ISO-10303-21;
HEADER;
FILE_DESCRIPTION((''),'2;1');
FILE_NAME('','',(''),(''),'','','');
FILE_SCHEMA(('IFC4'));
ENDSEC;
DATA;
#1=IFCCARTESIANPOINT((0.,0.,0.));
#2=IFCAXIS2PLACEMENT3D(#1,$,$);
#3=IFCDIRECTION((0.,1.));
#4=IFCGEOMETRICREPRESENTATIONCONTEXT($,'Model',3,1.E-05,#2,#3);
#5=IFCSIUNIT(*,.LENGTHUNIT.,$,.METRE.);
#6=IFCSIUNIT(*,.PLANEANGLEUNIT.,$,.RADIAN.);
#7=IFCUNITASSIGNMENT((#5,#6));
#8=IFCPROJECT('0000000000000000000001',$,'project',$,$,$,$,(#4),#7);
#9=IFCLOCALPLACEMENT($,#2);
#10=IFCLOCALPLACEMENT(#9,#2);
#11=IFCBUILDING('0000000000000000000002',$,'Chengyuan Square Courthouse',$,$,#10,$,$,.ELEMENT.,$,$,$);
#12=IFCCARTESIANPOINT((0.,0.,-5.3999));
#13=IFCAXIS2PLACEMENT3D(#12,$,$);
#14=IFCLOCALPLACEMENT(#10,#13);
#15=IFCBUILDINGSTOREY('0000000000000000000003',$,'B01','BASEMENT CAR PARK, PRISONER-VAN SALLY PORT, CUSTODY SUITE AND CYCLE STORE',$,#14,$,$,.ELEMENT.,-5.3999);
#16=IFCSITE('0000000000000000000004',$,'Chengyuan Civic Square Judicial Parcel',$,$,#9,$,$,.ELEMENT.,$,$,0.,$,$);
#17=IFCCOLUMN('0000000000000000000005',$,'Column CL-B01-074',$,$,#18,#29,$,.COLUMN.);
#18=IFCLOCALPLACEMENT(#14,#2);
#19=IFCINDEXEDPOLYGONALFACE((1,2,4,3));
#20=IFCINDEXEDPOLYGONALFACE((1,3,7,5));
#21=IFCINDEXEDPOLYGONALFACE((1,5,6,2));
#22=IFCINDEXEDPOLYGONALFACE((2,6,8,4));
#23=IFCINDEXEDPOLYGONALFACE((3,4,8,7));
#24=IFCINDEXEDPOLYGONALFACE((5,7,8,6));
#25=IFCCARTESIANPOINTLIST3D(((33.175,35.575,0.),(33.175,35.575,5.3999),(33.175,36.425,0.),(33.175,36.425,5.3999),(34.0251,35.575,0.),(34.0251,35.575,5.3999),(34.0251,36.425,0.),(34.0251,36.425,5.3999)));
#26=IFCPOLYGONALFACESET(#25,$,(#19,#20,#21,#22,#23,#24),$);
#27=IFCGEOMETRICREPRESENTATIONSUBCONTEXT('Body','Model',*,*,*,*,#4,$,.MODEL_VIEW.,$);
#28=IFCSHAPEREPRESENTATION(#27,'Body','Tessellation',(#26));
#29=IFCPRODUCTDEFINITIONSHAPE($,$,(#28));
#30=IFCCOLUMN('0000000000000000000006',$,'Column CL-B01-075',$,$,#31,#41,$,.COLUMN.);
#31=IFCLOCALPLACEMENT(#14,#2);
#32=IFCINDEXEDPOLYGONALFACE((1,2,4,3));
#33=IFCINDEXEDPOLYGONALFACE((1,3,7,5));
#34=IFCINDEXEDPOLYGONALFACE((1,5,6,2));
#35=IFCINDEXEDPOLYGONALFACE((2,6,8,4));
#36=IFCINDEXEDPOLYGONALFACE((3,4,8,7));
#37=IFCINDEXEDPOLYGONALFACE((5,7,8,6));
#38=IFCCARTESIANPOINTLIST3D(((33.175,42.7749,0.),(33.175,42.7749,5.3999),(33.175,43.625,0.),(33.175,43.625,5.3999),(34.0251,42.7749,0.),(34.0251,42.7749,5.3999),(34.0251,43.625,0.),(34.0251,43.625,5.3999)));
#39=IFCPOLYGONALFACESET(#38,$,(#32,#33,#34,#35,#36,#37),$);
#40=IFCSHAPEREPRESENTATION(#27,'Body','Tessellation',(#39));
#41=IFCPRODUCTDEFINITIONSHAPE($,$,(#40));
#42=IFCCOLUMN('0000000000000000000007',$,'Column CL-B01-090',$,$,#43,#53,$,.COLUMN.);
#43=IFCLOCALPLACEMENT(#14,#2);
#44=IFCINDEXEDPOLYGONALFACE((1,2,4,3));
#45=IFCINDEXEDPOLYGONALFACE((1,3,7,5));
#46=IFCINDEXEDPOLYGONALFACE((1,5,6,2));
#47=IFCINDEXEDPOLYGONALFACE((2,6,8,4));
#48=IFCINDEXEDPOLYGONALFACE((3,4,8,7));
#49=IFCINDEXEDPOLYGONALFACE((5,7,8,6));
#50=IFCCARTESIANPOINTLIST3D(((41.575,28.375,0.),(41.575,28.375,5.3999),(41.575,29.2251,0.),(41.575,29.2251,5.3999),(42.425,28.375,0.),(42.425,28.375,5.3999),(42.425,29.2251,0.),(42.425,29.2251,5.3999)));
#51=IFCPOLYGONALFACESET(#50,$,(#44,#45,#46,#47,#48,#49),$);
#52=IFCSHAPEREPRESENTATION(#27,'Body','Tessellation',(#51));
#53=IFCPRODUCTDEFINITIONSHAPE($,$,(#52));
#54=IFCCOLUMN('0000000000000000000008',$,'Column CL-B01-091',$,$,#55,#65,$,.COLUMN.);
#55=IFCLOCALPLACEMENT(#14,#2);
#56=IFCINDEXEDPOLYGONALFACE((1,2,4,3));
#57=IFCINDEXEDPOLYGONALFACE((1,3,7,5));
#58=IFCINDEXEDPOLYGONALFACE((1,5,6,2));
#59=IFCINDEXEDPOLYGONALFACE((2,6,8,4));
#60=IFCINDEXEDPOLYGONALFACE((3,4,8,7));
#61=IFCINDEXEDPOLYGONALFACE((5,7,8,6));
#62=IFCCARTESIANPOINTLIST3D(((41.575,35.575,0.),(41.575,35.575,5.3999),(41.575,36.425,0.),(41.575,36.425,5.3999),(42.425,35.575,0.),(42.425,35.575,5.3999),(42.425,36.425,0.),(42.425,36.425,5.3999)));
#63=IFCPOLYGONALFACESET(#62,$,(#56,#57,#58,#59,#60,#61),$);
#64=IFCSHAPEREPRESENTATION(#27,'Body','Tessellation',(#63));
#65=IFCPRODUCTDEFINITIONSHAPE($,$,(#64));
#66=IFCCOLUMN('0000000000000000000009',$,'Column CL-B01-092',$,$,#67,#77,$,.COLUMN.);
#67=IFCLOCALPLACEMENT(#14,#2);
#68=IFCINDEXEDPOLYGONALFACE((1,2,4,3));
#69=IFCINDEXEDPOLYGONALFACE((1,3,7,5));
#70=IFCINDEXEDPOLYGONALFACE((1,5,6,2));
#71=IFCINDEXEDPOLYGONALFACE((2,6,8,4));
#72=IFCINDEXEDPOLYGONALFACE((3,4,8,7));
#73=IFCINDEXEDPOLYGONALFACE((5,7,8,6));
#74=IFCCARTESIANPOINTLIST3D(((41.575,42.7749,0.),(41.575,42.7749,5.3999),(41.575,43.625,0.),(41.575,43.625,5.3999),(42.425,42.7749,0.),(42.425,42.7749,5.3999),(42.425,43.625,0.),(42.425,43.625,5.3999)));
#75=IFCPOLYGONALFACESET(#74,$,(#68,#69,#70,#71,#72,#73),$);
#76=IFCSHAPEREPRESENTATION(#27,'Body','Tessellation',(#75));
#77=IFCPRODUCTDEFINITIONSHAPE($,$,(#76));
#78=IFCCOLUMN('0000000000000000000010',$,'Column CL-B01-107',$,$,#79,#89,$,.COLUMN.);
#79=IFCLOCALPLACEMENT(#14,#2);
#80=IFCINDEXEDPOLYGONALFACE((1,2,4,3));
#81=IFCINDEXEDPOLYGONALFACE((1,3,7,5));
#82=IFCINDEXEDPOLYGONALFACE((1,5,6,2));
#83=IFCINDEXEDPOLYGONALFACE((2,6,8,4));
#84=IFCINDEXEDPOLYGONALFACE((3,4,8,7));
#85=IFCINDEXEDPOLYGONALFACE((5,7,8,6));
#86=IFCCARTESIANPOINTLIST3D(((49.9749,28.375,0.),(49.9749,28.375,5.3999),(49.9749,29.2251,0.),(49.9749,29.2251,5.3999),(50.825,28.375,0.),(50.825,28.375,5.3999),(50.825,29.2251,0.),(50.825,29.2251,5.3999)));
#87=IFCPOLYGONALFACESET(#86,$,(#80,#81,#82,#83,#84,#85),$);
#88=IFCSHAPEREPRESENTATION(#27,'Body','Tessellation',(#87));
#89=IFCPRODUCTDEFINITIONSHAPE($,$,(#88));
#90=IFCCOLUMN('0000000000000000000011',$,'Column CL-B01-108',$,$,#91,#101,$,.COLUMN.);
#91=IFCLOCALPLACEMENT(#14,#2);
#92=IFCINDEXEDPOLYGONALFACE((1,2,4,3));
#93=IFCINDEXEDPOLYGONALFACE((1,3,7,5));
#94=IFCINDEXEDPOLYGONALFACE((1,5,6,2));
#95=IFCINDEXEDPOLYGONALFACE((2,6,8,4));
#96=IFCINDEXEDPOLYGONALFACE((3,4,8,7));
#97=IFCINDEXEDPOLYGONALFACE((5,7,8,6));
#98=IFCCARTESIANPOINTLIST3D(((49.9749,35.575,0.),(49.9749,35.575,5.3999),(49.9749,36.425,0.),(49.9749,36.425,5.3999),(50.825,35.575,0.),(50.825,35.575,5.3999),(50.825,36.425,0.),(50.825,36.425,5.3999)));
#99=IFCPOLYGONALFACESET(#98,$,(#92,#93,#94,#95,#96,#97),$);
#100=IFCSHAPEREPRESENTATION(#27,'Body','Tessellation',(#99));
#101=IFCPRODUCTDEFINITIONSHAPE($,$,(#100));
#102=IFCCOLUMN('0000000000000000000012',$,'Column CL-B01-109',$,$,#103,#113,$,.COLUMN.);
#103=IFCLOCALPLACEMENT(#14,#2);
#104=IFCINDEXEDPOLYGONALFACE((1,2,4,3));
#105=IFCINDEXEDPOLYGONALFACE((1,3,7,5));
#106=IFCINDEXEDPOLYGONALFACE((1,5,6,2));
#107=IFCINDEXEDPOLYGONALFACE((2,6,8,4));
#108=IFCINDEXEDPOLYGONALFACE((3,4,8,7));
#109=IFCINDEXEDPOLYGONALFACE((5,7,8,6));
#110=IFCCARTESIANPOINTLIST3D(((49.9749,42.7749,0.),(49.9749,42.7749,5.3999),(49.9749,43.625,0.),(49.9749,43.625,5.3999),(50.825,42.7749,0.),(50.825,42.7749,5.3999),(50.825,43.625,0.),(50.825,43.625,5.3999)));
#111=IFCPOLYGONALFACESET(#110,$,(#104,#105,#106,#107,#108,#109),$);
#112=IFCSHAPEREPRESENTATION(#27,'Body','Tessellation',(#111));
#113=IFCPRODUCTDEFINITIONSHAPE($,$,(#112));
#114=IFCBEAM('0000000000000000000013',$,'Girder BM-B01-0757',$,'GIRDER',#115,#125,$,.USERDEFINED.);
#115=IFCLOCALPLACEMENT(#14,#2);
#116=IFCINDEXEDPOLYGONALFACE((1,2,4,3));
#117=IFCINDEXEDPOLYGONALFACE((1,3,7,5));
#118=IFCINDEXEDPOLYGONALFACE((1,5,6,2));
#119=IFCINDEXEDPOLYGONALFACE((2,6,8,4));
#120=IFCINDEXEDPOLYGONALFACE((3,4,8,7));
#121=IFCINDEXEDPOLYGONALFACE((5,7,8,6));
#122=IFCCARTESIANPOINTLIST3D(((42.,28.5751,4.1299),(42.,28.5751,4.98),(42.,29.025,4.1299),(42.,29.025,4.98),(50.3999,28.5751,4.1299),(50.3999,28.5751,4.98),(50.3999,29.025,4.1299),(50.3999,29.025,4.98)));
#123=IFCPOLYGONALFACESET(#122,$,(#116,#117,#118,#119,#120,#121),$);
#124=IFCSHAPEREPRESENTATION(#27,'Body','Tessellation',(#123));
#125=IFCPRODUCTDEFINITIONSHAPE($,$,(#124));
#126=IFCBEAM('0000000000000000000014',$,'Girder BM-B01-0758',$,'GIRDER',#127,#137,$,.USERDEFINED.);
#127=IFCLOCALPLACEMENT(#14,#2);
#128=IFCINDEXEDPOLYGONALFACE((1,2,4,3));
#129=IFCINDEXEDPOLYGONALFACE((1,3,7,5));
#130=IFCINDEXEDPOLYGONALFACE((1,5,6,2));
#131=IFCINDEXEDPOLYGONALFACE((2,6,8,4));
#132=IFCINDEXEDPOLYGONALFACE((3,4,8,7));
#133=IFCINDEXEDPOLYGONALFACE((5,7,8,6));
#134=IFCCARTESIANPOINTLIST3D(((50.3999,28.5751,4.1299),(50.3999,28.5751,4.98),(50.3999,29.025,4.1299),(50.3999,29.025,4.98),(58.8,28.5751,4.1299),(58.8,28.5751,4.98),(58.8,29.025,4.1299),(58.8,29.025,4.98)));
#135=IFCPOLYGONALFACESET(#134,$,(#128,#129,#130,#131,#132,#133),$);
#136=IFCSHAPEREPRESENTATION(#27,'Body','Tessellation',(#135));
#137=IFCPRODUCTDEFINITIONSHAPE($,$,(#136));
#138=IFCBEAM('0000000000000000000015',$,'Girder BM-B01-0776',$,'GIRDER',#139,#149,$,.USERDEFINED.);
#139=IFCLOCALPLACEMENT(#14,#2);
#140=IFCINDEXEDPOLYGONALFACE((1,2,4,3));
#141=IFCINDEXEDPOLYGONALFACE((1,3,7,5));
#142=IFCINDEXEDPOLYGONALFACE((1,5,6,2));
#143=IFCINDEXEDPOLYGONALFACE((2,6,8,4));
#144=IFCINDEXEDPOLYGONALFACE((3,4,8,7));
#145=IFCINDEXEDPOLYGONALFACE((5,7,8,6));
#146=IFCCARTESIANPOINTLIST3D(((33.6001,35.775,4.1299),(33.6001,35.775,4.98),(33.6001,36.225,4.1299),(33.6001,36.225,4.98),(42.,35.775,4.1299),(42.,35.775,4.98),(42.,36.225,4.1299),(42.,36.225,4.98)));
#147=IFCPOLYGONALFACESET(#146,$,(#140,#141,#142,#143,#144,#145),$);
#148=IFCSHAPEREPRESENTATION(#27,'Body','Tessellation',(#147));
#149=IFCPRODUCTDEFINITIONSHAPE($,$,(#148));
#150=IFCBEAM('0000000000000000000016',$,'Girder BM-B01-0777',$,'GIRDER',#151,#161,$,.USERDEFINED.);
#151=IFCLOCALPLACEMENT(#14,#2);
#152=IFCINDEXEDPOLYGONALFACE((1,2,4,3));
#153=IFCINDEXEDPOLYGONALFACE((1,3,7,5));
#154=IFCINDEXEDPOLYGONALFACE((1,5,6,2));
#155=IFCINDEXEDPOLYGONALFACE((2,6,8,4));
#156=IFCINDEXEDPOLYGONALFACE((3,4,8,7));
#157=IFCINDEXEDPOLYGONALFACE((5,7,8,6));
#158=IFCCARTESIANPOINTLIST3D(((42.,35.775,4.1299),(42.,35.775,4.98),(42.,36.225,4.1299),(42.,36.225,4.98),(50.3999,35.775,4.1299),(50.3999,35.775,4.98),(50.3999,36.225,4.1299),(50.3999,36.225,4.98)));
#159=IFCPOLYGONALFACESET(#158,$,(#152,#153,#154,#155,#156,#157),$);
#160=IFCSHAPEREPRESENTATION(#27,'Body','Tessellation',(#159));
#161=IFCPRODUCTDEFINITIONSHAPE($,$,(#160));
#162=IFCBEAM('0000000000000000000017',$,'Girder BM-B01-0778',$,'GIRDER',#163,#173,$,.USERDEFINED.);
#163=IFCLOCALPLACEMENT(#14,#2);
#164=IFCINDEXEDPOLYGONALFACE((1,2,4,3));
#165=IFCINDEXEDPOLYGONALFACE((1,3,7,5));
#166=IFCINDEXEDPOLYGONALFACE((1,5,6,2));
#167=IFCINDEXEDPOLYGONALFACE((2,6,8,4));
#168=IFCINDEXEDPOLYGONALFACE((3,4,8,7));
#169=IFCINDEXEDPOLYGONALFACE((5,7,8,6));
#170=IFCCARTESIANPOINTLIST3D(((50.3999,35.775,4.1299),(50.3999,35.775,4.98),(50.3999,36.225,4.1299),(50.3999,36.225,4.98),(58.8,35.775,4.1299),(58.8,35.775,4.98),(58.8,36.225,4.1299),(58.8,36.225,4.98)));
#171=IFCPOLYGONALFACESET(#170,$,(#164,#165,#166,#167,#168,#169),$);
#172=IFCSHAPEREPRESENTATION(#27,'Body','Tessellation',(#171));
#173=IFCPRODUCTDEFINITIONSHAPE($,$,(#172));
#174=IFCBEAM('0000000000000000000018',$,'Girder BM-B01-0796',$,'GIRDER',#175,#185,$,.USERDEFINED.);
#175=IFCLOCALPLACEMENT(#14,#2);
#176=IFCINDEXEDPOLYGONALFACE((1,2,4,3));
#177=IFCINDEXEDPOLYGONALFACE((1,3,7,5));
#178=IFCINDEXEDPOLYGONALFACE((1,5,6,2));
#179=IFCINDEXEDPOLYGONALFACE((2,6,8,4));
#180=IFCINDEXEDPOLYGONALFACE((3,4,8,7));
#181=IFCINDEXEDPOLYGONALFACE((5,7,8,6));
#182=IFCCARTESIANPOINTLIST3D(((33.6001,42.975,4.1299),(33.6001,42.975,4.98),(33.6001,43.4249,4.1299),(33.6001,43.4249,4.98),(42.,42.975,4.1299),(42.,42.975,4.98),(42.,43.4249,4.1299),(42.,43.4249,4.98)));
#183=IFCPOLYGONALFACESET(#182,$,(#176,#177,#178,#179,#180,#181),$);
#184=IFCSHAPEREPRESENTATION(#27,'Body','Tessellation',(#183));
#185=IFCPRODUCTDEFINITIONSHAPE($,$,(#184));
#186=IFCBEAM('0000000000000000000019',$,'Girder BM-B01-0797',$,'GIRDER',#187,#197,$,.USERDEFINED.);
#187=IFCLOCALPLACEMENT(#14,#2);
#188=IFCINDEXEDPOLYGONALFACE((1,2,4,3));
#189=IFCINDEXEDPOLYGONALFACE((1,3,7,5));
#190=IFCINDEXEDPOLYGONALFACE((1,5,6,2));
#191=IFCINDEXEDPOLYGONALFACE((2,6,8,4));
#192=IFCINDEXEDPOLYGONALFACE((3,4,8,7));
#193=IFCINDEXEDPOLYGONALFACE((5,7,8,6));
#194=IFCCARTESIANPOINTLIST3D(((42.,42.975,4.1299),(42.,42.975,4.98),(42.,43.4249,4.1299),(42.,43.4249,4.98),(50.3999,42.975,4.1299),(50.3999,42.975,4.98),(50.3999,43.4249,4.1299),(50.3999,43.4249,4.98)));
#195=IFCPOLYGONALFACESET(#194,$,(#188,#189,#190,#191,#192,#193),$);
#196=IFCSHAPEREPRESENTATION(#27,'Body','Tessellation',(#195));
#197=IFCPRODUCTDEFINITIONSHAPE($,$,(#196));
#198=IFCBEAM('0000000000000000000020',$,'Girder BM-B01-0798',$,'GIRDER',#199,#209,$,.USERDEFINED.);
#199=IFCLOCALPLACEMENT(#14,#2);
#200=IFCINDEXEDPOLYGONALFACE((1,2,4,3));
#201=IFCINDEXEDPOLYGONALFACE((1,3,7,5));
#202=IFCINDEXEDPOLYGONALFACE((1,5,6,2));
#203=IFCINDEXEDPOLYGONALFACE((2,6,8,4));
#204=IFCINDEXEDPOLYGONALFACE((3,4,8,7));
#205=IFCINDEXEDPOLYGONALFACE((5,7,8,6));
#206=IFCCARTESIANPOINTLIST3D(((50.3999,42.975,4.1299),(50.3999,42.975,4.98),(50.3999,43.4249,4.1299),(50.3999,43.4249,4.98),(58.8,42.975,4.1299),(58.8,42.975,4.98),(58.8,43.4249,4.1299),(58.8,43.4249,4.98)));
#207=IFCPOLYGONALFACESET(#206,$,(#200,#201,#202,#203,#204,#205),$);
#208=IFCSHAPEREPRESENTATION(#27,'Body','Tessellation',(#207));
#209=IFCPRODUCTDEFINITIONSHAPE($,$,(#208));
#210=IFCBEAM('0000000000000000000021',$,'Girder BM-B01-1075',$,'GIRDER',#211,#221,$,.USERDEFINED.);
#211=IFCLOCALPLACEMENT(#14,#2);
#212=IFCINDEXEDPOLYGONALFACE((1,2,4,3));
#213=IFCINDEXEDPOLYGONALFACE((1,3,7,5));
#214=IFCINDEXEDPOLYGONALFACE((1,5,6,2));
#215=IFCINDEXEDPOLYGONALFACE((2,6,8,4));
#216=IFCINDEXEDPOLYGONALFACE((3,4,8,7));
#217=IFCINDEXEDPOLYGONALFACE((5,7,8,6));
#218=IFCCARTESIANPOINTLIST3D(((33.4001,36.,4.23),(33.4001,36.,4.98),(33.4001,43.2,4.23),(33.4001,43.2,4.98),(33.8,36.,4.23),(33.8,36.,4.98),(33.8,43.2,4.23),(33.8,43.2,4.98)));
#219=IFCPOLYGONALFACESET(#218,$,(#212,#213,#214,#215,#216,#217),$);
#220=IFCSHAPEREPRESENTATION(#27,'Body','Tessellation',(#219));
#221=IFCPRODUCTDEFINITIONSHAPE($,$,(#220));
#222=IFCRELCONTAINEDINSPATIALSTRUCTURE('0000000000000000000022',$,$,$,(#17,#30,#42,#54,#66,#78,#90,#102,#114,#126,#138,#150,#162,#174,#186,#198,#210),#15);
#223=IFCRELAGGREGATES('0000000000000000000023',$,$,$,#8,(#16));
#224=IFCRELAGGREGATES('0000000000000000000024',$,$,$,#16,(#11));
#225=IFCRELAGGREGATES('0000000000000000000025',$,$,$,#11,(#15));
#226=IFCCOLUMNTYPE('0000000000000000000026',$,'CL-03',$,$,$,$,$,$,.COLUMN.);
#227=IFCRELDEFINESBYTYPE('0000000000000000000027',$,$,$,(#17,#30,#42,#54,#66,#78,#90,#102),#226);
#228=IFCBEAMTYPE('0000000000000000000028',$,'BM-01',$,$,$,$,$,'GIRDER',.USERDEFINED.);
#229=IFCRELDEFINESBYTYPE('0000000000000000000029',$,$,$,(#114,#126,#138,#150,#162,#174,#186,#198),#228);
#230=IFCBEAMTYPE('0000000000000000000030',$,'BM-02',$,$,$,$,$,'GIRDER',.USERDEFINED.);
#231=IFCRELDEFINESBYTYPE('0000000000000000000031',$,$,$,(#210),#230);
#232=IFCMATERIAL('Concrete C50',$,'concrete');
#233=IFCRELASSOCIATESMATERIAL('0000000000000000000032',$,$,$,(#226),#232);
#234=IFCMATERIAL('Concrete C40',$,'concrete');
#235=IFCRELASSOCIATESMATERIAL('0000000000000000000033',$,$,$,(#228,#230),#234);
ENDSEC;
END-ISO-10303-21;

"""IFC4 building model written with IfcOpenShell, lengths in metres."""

from ifc_helpers import new_model, si_unit, direction, frame, origin, origin_2d, place, context, subcontext, project, spatial, rectangle, extrude, material, material_profile, profile_set, type_object, element, save


model = new_model("IFC4")

# Units and contexts
model_context = context("Model", 3, precision=1e-05, world=origin(), true_north=direction((0.0, 1.0)))
body_context = subcontext(model_context, "Body", "Model", "MODEL_VIEW")
ifc_project = project(units=[si_unit("LENGTHUNIT", "METRE"), si_unit("PLANEANGLEUNIT", "RADIAN")], contexts=[model_context])

# Site, building, storey
site_placement = place(None, origin())
site = spatial("IfcSite", under=ifc_project, at=site_placement, Name="Chengyuan Civic Square Judicial Parcel", CompositionType="ELEMENT", RefElevation=0.0)
building_placement = place(site_placement, origin())
building = spatial("IfcBuilding", under=site, at=building_placement, Name="Chengyuan Square Courthouse", CompositionType="ELEMENT")
storey_placement = place(building_placement, frame((0.0, 0.0, -5.3999)))
storey = spatial("IfcBuildingStorey", under=building, at=storey_placement, Name="B01", Description="BASEMENT CAR PARK, PRISONER-VAN SALLY PORT, CUSTODY SUITE AND CYCLE STORE", CompositionType="ELEMENT", Elevation=-5.3999)

# Columns
ifc_material_1 = material(Name="Concrete C50", Category="concrete")
ifc_material_profile_1 = material_profile(ifc_material_1, rectangle(XDim=0.8501, YDim=0.8501, at=origin_2d()), Name="RC-COL-850x850")
ifc_profile_set_1 = profile_set([ifc_material_profile_1], Name="Concrete C50")
column_type = type_object("IfcColumnType", Name="CL-03", PredefinedType="COLUMN", material=ifc_profile_set_1)
for number, where, z_axis, x_axis, name in (
    (1, (33.6001, 36.0, 0.0), (0.0, 0.0, 1.0), (1.0, 0.0, 0.0), "Column CL-B01-074"),
    (2, (33.6001, 43.2, 0.0), (0.0, 0.0, 1.0), (1.0, 0.0, 0.0), "Column CL-B01-075"),
    (3, (42.0, 28.8, 0.0), (0.0, 0.0, 1.0), (1.0, 0.0, 0.0), "Column CL-B01-090"),
    (4, (42.0, 36.0, 0.0), (0.0, 0.0, 1.0), (1.0, 0.0, 0.0), "Column CL-B01-091"),
    (5, (42.0, 43.2, 0.0), (0.0, 0.0, 1.0), (1.0, 0.0, 0.0), "Column CL-B01-092"),
    (6, (50.3999, 28.8, 0.0), (0.0, 0.0, 1.0), (1.0, 0.0, 0.0), "Column CL-B01-107"),
    (7, (50.3999, 36.0, 0.0), (0.0, 0.0, 1.0), (1.0, 0.0, 0.0), "Column CL-B01-108"),
    (8, (50.3999, 43.2, 0.0), (0.0, 0.0, 1.0), (1.0, 0.0, 0.0), "Column CL-B01-109"),
):
    element("IfcColumn", number, at=place(storey_placement, frame(where, z_axis=z_axis, x_axis=x_axis)), inside=storey, type_object=column_type, Name=name, PredefinedType="COLUMN", context=body_context, shape_type="SweptSolid", body=[
        extrude(rectangle(XDim=0.8501, YDim=0.8501, at=origin_2d()), origin(), (0.0, 0.0, 1.0), 5.3999),
    ])

# Beams
ifc_material_2 = material(Name="Concrete C40", Category="concrete")
ifc_material_profile_2 = material_profile(ifc_material_2, rectangle(XDim=0.45, YDim=0.8501, at=origin_2d()), Name="RC-BM-450x850")
ifc_profile_set_2 = profile_set([ifc_material_profile_2], Name="Concrete C40")
beam_type_1 = type_object("IfcBeamType", Name="BM-01", ElementType="GIRDER", PredefinedType="USERDEFINED", material=ifc_profile_set_2)
beam_1_placement = place(storey_placement, frame((42.0, 28.8, 4.5549), z_axis=(1.0, 0.0, 0.0), x_axis=(0.0, 1.0, 0.0)))
element("IfcBeam", 9, at=beam_1_placement, inside=storey, type_object=beam_type_1, Name="Girder BM-B01-0757", ObjectType="GIRDER", PredefinedType="USERDEFINED", context=body_context, shape_type="SweptSolid", body=[
    extrude(rectangle(XDim=0.45, YDim=0.8501, at=origin_2d()), origin(), (0.0, 0.0, 1.0), 8.3999),
])
beam_2_placement = place(storey_placement, frame((50.3999, 28.8, 4.5549), z_axis=(1.0, 0.0, 0.0), x_axis=(0.0, 1.0, 0.0)))
element("IfcBeam", 10, at=beam_2_placement, inside=storey, type_object=beam_type_1, Name="Girder BM-B01-0758", ObjectType="GIRDER", PredefinedType="USERDEFINED", context=body_context, shape_type="SweptSolid", body=[
    extrude(rectangle(XDim=0.45, YDim=0.8501, at=origin_2d()), origin(), (0.0, 0.0, 1.0), 8.4001),
])
for number, where, z_axis, x_axis, name in (
    (11, (33.6001, 36.0, 4.5549), (1.0, 0.0, 0.0), (0.0, 1.0, 0.0), "Girder BM-B01-0776"),
    (12, (42.0, 36.0, 4.5549), (1.0, 0.0, 0.0), (0.0, 1.0, 0.0), "Girder BM-B01-0777"),
):
    element("IfcBeam", number, at=place(storey_placement, frame(where, z_axis=z_axis, x_axis=x_axis)), inside=storey, type_object=beam_type_1, Name=name, ObjectType="GIRDER", PredefinedType="USERDEFINED", context=body_context, shape_type="SweptSolid", body=[
        extrude(rectangle(XDim=0.45, YDim=0.8501, at=origin_2d()), origin(), (0.0, 0.0, 1.0), 8.3999),
    ])
beam_3_placement = place(storey_placement, frame((50.3999, 36.0, 4.5549), z_axis=(1.0, 0.0, 0.0), x_axis=(0.0, 1.0, 0.0)))
element("IfcBeam", 13, at=beam_3_placement, inside=storey, type_object=beam_type_1, Name="Girder BM-B01-0778", ObjectType="GIRDER", PredefinedType="USERDEFINED", context=body_context, shape_type="SweptSolid", body=[
    extrude(rectangle(XDim=0.45, YDim=0.8501, at=origin_2d()), origin(), (0.0, 0.0, 1.0), 8.4001),
])
for number, where, z_axis, x_axis, name in (
    (14, (33.6001, 43.2, 4.5549), (1.0, 0.0, 0.0), (0.0, 1.0, 0.0), "Girder BM-B01-0796"),
    (15, (42.0, 43.2, 4.5549), (1.0, 0.0, 0.0), (0.0, 1.0, 0.0), "Girder BM-B01-0797"),
):
    element("IfcBeam", number, at=place(storey_placement, frame(where, z_axis=z_axis, x_axis=x_axis)), inside=storey, type_object=beam_type_1, Name=name, ObjectType="GIRDER", PredefinedType="USERDEFINED", context=body_context, shape_type="SweptSolid", body=[
        extrude(rectangle(XDim=0.45, YDim=0.8501, at=origin_2d()), origin(), (0.0, 0.0, 1.0), 8.3999),
    ])
beam_4_placement = place(storey_placement, frame((50.3999, 43.2, 4.5549), z_axis=(1.0, 0.0, 0.0), x_axis=(0.0, 1.0, 0.0)))
element("IfcBeam", 16, at=beam_4_placement, inside=storey, type_object=beam_type_1, Name="Girder BM-B01-0798", ObjectType="GIRDER", PredefinedType="USERDEFINED", context=body_context, shape_type="SweptSolid", body=[
    extrude(rectangle(XDim=0.45, YDim=0.8501, at=origin_2d()), origin(), (0.0, 0.0, 1.0), 8.4001),
])
ifc_material_profile_3 = material_profile(ifc_material_2, rectangle(XDim=0.3999, YDim=0.75, at=origin_2d()), Name="RC-BM-400x750")
ifc_profile_set_3 = profile_set([ifc_material_profile_3], Name="Concrete C40")
beam_type_2 = type_object("IfcBeamType", Name="BM-02", ElementType="GIRDER", PredefinedType="USERDEFINED", material=ifc_profile_set_3)
for number, where, z_axis, x_axis, name in (
    (17, (33.6001, 36.0, 4.605), (0.0, 1.0, 0.0), (-1.0, 0.0, 0.0), "Girder BM-B01-1075"),
):
    element("IfcBeam", number, at=place(storey_placement, frame(where, z_axis=z_axis, x_axis=x_axis)), inside=storey, type_object=beam_type_2, Name=name, ObjectType="GIRDER", PredefinedType="USERDEFINED", context=body_context, shape_type="SweptSolid", body=[
        extrude(rectangle(XDim=0.3999, YDim=0.75, at=origin_2d()), origin(), (0.0, 0.0, 1.0), 7.2),
    ])

save(model, "model.ifc")
